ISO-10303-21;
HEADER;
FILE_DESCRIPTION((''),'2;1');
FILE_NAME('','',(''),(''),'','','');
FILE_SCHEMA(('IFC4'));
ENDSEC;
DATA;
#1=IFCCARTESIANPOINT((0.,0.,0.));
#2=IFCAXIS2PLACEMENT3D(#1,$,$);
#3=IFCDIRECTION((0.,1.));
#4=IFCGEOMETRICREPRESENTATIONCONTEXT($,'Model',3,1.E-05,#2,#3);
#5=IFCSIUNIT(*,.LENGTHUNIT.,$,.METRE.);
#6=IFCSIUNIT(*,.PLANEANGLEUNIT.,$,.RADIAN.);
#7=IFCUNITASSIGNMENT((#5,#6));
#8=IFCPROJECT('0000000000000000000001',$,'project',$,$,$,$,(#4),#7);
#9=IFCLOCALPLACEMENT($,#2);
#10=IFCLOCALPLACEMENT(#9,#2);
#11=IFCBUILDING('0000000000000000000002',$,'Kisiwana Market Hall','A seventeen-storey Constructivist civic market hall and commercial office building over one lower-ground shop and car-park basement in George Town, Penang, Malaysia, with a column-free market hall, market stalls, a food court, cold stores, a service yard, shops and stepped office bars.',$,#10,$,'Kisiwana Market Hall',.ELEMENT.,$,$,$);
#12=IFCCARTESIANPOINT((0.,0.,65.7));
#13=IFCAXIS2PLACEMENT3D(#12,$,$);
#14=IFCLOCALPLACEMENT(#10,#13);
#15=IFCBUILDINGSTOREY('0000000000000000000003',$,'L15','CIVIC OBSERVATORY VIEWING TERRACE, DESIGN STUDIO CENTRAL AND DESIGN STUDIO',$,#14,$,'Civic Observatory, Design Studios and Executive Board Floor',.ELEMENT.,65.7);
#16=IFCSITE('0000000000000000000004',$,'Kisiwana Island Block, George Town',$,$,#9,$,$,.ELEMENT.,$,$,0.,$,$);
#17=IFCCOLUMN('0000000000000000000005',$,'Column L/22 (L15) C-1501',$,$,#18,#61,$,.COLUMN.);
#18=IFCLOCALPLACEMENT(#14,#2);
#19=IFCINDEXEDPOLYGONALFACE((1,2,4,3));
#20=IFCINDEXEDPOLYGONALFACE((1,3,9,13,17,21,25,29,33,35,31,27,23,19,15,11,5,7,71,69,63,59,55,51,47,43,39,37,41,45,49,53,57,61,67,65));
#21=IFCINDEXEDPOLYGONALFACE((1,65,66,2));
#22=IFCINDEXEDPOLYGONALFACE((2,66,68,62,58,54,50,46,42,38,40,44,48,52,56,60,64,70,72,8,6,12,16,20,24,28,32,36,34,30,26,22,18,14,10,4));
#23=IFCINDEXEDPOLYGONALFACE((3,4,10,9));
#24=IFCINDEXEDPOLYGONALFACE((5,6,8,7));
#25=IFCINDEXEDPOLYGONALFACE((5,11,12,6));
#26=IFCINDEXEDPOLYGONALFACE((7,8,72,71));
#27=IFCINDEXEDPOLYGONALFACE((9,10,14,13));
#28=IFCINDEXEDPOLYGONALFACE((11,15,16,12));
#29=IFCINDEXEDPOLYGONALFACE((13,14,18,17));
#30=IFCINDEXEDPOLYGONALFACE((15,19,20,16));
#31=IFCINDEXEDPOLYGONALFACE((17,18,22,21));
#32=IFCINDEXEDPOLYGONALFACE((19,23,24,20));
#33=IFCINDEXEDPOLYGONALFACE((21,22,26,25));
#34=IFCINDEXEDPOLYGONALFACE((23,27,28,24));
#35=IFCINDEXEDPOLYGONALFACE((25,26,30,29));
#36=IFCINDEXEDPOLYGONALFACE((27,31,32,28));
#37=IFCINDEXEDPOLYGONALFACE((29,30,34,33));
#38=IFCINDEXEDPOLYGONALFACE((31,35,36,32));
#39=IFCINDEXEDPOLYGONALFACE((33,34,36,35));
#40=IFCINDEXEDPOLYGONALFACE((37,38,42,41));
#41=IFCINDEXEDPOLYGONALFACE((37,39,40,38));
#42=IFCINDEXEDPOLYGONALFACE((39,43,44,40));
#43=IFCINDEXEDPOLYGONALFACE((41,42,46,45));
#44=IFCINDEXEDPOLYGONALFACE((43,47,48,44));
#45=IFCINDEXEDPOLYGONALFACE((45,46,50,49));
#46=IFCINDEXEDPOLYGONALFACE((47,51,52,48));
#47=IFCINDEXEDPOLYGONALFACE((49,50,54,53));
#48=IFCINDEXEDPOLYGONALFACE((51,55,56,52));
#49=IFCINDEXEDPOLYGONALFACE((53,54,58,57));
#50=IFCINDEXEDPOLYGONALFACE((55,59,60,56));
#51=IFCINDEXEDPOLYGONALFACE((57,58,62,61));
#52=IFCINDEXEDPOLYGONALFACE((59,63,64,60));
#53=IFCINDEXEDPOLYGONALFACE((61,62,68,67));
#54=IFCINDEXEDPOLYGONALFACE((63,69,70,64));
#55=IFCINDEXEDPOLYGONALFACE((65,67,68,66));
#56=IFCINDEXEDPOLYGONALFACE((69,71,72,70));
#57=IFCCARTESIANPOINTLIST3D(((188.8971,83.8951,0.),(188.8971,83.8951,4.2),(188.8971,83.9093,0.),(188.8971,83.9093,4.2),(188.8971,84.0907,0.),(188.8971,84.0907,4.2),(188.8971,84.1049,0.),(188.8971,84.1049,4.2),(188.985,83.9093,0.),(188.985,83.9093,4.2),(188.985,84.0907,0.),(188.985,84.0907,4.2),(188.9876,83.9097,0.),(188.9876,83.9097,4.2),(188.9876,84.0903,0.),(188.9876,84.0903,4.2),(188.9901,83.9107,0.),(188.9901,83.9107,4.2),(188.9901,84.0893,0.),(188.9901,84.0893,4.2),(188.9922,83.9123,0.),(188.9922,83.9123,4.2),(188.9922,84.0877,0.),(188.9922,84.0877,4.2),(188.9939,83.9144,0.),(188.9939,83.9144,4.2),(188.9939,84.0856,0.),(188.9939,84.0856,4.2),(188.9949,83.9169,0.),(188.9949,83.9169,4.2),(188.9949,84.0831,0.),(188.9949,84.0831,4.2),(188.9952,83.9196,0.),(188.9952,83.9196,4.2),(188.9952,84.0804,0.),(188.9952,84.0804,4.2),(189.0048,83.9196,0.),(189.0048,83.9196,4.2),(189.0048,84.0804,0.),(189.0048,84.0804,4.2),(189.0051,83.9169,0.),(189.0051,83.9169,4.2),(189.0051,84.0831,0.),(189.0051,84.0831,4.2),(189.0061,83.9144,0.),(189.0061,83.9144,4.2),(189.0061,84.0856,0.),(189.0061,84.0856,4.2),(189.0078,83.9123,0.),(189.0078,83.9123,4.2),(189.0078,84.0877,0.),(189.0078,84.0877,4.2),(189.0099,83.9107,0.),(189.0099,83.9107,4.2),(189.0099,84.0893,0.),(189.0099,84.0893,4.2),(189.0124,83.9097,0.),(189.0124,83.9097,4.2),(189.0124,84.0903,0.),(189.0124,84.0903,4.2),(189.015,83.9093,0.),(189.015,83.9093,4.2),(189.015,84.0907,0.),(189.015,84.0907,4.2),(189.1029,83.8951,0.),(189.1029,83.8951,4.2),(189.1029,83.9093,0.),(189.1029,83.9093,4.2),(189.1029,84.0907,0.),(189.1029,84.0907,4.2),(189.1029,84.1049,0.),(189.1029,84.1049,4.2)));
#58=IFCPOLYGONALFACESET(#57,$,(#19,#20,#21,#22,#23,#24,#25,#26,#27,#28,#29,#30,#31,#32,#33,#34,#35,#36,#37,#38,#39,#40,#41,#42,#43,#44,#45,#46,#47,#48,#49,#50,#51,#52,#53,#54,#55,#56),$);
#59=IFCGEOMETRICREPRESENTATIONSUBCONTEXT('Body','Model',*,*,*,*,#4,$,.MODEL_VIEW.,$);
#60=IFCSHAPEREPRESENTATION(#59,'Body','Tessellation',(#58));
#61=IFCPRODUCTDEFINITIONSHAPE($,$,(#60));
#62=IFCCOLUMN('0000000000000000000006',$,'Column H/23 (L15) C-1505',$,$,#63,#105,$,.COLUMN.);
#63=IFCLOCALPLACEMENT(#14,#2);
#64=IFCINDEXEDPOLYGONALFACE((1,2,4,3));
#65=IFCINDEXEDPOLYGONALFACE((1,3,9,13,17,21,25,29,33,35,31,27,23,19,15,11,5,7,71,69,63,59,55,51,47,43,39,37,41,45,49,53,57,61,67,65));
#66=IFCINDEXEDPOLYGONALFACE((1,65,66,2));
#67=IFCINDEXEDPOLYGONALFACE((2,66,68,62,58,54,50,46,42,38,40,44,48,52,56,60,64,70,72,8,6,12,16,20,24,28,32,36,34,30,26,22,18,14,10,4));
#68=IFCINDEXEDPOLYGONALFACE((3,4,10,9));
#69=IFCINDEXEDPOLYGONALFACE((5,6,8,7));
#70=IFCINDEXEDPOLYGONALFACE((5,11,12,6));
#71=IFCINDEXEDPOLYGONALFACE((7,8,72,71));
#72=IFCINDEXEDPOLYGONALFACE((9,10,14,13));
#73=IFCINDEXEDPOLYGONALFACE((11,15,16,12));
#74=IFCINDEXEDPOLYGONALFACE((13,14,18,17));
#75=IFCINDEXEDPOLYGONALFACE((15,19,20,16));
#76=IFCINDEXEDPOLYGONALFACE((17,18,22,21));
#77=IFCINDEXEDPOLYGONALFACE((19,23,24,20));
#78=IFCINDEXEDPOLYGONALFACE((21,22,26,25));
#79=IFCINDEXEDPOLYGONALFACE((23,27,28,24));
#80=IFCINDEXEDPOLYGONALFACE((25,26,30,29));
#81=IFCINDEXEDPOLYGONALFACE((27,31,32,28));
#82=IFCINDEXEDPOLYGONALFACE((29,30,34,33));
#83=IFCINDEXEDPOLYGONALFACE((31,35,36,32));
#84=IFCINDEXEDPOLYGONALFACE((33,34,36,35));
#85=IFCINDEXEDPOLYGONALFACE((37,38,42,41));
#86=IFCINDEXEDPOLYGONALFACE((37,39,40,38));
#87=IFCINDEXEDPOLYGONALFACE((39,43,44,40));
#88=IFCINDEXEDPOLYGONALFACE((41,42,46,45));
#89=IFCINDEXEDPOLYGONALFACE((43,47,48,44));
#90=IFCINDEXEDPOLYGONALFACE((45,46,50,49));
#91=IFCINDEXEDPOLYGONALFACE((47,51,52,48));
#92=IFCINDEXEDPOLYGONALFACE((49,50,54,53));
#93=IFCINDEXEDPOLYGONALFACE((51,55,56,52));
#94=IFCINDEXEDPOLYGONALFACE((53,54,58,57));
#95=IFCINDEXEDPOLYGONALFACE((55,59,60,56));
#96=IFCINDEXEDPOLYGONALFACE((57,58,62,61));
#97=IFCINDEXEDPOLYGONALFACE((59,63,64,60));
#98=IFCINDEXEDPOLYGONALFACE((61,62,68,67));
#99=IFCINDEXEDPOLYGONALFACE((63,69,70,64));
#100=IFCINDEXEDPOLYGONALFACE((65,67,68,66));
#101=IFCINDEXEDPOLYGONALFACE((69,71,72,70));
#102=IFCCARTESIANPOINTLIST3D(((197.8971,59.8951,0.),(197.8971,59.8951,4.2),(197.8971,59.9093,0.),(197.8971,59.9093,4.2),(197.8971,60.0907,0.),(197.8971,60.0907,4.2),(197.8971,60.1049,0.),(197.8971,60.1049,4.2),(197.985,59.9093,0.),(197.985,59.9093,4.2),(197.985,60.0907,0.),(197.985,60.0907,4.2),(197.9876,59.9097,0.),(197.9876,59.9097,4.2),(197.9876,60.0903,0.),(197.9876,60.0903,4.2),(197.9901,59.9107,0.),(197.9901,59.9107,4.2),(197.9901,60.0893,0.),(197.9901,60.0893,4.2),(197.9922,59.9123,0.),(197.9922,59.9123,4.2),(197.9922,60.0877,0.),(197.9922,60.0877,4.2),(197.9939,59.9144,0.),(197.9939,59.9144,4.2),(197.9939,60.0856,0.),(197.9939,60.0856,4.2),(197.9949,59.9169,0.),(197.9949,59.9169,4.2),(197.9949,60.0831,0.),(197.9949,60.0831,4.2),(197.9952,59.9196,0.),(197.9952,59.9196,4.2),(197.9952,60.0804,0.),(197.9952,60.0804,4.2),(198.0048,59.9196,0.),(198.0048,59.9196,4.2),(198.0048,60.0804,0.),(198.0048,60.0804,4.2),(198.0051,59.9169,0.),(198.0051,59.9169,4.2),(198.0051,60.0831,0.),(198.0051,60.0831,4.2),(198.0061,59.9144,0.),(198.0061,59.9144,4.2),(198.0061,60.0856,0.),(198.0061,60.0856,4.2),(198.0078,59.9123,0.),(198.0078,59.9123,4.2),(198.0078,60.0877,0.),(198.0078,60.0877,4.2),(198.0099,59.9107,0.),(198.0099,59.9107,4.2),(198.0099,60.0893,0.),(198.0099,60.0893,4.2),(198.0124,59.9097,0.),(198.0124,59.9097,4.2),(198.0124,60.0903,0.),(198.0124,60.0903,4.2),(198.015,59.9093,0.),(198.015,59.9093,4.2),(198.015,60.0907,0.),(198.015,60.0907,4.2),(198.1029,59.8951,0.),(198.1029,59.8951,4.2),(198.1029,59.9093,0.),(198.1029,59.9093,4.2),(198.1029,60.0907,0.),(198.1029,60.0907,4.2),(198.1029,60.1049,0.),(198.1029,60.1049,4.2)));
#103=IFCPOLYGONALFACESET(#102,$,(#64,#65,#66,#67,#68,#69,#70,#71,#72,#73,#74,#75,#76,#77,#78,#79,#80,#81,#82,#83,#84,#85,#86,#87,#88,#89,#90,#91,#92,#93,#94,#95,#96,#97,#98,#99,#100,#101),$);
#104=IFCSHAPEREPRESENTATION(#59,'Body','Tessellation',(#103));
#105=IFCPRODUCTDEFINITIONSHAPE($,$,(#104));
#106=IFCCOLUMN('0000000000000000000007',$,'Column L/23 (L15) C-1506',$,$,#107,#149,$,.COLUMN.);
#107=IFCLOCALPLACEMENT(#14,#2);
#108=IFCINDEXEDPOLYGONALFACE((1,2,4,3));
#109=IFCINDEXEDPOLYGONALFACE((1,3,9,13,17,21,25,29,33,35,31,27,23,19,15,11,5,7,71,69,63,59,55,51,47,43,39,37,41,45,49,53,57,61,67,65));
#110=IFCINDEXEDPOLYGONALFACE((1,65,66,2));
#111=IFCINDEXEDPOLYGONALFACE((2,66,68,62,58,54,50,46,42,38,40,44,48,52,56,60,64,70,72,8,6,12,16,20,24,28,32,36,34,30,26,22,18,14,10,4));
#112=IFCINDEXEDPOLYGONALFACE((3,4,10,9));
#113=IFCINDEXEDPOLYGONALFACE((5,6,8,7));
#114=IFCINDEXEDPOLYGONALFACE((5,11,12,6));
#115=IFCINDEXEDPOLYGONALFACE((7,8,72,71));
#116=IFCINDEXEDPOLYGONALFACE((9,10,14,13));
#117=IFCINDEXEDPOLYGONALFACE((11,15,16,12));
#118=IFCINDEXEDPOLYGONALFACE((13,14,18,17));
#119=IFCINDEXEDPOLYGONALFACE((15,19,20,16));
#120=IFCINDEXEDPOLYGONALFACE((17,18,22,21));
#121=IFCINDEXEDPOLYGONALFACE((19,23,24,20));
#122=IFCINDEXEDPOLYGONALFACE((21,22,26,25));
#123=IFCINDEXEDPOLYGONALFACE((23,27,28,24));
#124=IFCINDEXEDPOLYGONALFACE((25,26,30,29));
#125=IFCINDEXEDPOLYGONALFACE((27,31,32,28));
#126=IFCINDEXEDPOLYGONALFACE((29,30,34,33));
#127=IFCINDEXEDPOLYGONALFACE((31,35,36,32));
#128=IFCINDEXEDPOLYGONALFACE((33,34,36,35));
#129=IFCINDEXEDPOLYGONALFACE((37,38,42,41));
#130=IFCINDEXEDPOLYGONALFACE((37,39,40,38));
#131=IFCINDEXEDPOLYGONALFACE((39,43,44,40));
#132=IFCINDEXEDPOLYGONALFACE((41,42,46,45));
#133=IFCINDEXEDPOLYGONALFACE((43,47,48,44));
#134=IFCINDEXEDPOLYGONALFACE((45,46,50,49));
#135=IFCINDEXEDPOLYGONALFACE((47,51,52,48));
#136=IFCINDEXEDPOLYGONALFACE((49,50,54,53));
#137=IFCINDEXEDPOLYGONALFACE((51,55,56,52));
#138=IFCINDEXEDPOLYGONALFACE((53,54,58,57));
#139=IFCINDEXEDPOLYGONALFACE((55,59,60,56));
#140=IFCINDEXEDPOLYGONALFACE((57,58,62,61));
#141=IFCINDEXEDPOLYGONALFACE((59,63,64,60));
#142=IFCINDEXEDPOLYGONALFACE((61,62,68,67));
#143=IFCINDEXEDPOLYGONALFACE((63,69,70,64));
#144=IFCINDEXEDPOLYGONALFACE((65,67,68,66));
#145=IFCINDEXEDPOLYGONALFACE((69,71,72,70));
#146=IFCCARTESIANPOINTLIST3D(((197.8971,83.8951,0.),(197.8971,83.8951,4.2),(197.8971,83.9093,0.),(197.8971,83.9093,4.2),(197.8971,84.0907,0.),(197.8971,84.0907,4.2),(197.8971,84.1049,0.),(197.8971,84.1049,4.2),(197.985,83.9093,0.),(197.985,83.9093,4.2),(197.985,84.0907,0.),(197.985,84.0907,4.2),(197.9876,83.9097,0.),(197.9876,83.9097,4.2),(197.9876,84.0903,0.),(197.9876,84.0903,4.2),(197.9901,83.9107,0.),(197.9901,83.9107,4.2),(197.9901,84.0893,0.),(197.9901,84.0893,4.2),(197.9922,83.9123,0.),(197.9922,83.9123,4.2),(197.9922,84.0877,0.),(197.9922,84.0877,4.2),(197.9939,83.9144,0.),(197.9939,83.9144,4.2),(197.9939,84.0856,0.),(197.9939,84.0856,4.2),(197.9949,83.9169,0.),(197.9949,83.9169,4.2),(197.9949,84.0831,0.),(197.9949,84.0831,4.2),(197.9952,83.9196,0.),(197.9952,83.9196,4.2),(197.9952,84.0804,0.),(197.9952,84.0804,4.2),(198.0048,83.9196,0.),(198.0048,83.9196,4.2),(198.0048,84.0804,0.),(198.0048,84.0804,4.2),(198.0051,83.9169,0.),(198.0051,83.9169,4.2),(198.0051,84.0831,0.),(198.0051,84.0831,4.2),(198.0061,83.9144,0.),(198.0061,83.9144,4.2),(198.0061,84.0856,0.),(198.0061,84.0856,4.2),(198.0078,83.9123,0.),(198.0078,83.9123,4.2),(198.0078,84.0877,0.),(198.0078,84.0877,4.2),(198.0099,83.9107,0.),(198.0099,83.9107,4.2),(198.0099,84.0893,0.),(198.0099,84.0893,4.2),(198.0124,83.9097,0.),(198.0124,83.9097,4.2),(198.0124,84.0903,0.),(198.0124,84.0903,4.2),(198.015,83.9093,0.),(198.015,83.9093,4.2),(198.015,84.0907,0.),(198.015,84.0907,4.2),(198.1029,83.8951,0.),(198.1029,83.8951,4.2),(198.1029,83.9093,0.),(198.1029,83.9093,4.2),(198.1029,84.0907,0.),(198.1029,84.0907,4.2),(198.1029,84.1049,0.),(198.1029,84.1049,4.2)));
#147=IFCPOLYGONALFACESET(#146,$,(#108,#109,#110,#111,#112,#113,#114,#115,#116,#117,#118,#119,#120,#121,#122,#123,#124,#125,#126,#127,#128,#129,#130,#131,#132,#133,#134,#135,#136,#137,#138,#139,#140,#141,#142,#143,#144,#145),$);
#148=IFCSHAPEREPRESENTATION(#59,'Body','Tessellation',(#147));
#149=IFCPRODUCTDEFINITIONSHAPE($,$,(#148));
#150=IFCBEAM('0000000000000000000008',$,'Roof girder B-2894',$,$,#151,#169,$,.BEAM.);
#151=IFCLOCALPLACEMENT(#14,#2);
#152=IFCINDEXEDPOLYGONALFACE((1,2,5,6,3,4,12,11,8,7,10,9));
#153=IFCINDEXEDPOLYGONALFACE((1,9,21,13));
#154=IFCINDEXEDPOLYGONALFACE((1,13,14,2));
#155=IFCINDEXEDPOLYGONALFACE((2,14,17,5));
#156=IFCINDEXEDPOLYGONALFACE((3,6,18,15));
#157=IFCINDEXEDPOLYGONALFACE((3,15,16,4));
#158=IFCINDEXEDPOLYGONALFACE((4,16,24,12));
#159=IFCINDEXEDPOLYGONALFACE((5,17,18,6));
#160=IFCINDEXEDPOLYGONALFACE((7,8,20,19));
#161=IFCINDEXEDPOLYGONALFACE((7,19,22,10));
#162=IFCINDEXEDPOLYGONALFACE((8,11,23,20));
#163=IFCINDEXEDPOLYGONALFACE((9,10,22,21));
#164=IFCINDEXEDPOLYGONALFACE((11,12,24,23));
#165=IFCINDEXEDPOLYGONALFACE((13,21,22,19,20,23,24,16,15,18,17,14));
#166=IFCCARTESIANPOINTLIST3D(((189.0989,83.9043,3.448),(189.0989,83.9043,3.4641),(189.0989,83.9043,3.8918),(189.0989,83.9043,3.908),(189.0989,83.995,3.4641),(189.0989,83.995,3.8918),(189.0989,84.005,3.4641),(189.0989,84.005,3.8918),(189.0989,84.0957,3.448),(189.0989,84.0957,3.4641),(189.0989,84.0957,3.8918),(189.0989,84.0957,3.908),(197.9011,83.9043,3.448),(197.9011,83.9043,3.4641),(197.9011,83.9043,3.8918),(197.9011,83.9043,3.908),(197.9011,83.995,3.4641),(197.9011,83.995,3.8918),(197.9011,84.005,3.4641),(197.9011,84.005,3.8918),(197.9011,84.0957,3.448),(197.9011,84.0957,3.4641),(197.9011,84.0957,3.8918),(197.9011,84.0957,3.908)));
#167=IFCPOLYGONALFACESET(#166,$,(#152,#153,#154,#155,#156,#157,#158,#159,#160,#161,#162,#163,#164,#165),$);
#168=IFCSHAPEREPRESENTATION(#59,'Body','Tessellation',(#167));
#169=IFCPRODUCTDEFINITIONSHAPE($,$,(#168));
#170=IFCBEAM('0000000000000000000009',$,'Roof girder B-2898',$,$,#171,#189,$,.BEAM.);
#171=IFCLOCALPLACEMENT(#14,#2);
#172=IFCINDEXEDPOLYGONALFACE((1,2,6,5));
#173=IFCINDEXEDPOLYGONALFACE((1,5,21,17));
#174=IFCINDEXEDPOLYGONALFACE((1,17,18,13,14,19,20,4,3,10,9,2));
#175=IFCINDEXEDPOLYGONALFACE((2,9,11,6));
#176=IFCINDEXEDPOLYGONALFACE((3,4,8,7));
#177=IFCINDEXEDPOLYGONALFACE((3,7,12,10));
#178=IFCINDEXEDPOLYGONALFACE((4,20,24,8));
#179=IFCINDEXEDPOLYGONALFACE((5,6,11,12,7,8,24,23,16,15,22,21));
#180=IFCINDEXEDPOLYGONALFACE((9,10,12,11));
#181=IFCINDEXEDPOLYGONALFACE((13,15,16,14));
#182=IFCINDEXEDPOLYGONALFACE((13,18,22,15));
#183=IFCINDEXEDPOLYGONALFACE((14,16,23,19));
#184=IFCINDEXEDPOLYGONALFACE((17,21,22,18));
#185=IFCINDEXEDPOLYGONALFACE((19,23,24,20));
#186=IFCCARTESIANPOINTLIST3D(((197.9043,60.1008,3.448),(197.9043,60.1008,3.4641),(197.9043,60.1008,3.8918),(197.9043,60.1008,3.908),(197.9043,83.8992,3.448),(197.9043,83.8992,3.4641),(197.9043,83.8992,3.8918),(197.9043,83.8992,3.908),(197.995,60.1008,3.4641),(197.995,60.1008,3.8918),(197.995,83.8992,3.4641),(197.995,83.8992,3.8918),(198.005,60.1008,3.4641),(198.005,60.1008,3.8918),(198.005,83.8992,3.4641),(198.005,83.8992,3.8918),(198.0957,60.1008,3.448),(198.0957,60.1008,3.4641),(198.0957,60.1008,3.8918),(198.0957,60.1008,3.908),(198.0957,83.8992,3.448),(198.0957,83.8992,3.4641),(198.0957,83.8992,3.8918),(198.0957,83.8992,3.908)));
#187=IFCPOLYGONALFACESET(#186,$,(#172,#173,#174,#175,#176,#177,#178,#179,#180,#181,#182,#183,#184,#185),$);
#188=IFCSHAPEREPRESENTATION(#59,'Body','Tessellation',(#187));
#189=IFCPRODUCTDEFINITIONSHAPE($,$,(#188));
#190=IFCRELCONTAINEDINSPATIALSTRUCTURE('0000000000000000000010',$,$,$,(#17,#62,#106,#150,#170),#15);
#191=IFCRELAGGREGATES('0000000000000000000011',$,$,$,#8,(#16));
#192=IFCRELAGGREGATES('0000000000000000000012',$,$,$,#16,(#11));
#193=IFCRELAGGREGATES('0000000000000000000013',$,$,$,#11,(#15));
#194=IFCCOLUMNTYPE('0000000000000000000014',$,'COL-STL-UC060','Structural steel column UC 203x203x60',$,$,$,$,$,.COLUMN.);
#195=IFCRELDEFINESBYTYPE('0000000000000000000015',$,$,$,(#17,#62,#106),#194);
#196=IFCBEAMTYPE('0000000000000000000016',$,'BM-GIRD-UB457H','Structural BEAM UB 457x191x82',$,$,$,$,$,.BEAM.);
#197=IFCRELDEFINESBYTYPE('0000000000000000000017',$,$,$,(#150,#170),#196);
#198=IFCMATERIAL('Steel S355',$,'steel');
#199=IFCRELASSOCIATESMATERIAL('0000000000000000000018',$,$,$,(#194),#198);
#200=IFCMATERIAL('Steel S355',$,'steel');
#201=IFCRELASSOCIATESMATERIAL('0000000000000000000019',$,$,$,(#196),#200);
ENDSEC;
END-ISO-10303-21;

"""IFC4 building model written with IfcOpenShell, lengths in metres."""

from ifc_helpers import new_model, si_unit, direction, frame, origin, origin_2d, place, context, subcontext, project, spatial, i_section, extrude, material, material_profile, profile_set, type_object, element, save


model = new_model("IFC4")

# Units and contexts
model_context = context("Model", 3, precision=1e-05, world=origin(), true_north=direction((0.0, 1.0)))
body_context = subcontext(model_context, "Body", "Model", "MODEL_VIEW")
ifc_project = project(units=[si_unit("LENGTHUNIT", "METRE"), si_unit("PLANEANGLEUNIT", "RADIAN")], contexts=[model_context])

# Site, building, storey
site_placement = place(None, origin())
site = spatial("IfcSite", under=ifc_project, at=site_placement, Name="Kisiwana Island Block, George Town", CompositionType="ELEMENT", RefElevation=0.0)
building_placement = place(site_placement, origin())
building = spatial("IfcBuilding", under=site, at=building_placement, Name="Kisiwana Market Hall", Description="A seventeen-storey Constructivist civic market hall and commercial office building over one lower-ground shop and car-park basement in George Town, Penang, Malaysia, with a column-free market hall, market stalls, a food court, cold stores, a service yard, shops and stepped office bars.", LongName="Kisiwana Market Hall", CompositionType="ELEMENT")
storey_placement = place(building_placement, frame((0.0, 0.0, 65.7)))
storey = spatial("IfcBuildingStorey", under=building, at=storey_placement, Name="L15", Description="CIVIC OBSERVATORY VIEWING TERRACE, DESIGN STUDIO CENTRAL AND DESIGN STUDIO", LongName="Civic Observatory, Design Studios and Executive Board Floor", CompositionType="ELEMENT", Elevation=65.7)

# Columns
ifc_material_1 = material(Name="Steel S355", Category="steel")
ifc_material_profile_1 = material_profile(ifc_material_1, i_section(OverallWidth=0.2058, OverallDepth=0.2097, WebThickness=0.0095, FlangeThickness=0.0142, FilletRadius=0.0103, at=origin_2d()), Name="UC 203x203x60")
ifc_profile_set_1 = profile_set([ifc_material_profile_1], Name="Steel S355")
column_type = type_object("IfcColumnType", Name="COL-STL-UC060", Description="Structural steel column UC 203x203x60", PredefinedType="COLUMN", material=ifc_profile_set_1)
for number, where, z_axis, x_axis, name in (
    (1, (189.0, 84.0, 0.0), (0.0, 0.0, 1.0), (1.0, 0.0, 0.0), "Column L/22 (L15) C-1501"),
    (2, (198.0, 60.0, 0.0), (0.0, 0.0, 1.0), (1.0, 0.0, 0.0), "Column H/23 (L15) C-1505"),
    (3, (198.0, 84.0, 0.0), (0.0, 0.0, 1.0), (1.0, 0.0, 0.0), "Column L/23 (L15) C-1506"),
):
    element("IfcColumn", number, at=place(storey_placement, frame(where, z_axis=z_axis, x_axis=x_axis)), inside=storey, type_object=column_type, Name=name, PredefinedType="COLUMN", context=body_context, shape_type="SweptSolid", body=[
        extrude(i_section(OverallWidth=0.2058, OverallDepth=0.2097, WebThickness=0.0095, FlangeThickness=0.0142, FilletRadius=0.0103, at=origin_2d()), origin(), (0.0, 0.0, 1.0), 4.2),
    ])

# Beams
ifc_material_2 = material(Name="Steel S355", Category="steel")
ifc_material_profile_2 = material_profile(ifc_material_2, i_section(OverallWidth=0.1914, OverallDepth=0.46, WebThickness=0.01, FlangeThickness=0.0161, at=origin_2d()), Name="UB 457x191x82")
ifc_profile_set_2 = profile_set([ifc_material_profile_2], Name="Steel S355")
beam_type_1 = type_object("IfcBeamType", Name="BM-GIRD-UB457H", Description="Structural BEAM UB 457x191x82", PredefinedType="BEAM", material=ifc_profile_set_2)
beam_1_placement = place(storey_placement, frame((189.0989, 84.0, 3.678), z_axis=(1.0, 0.0, 0.0), x_axis=(0.0, 1.0, 0.0)))
element("IfcBeam", 4, at=beam_1_placement, inside=storey, type_object=beam_type_1, Name="Roof girder B-2894", PredefinedType="BEAM", context=body_context, shape_type="SweptSolid", body=[
    extrude(i_section(OverallWidth=0.1914, OverallDepth=0.46, WebThickness=0.01, FlangeThickness=0.0161, at=origin_2d()), origin(), (0.0, 0.0, 1.0), 8.8022),
])
beam_2_placement = place(storey_placement, frame((198.0, 60.1008, 3.678), z_axis=(0.0, 1.0, 0.0), x_axis=(-1.0, 0.0, 0.0)))
element("IfcBeam", 5, at=beam_2_placement, inside=storey, type_object=beam_type_1, Name="Roof girder B-2898", PredefinedType="BEAM", context=body_context, shape_type="SweptSolid", body=[
    extrude(i_section(OverallWidth=0.1914, OverallDepth=0.46, WebThickness=0.01, FlangeThickness=0.0161, at=origin_2d()), origin(), (0.0, 0.0, 1.0), 23.7983),
])

save(model, "model.ifc")
